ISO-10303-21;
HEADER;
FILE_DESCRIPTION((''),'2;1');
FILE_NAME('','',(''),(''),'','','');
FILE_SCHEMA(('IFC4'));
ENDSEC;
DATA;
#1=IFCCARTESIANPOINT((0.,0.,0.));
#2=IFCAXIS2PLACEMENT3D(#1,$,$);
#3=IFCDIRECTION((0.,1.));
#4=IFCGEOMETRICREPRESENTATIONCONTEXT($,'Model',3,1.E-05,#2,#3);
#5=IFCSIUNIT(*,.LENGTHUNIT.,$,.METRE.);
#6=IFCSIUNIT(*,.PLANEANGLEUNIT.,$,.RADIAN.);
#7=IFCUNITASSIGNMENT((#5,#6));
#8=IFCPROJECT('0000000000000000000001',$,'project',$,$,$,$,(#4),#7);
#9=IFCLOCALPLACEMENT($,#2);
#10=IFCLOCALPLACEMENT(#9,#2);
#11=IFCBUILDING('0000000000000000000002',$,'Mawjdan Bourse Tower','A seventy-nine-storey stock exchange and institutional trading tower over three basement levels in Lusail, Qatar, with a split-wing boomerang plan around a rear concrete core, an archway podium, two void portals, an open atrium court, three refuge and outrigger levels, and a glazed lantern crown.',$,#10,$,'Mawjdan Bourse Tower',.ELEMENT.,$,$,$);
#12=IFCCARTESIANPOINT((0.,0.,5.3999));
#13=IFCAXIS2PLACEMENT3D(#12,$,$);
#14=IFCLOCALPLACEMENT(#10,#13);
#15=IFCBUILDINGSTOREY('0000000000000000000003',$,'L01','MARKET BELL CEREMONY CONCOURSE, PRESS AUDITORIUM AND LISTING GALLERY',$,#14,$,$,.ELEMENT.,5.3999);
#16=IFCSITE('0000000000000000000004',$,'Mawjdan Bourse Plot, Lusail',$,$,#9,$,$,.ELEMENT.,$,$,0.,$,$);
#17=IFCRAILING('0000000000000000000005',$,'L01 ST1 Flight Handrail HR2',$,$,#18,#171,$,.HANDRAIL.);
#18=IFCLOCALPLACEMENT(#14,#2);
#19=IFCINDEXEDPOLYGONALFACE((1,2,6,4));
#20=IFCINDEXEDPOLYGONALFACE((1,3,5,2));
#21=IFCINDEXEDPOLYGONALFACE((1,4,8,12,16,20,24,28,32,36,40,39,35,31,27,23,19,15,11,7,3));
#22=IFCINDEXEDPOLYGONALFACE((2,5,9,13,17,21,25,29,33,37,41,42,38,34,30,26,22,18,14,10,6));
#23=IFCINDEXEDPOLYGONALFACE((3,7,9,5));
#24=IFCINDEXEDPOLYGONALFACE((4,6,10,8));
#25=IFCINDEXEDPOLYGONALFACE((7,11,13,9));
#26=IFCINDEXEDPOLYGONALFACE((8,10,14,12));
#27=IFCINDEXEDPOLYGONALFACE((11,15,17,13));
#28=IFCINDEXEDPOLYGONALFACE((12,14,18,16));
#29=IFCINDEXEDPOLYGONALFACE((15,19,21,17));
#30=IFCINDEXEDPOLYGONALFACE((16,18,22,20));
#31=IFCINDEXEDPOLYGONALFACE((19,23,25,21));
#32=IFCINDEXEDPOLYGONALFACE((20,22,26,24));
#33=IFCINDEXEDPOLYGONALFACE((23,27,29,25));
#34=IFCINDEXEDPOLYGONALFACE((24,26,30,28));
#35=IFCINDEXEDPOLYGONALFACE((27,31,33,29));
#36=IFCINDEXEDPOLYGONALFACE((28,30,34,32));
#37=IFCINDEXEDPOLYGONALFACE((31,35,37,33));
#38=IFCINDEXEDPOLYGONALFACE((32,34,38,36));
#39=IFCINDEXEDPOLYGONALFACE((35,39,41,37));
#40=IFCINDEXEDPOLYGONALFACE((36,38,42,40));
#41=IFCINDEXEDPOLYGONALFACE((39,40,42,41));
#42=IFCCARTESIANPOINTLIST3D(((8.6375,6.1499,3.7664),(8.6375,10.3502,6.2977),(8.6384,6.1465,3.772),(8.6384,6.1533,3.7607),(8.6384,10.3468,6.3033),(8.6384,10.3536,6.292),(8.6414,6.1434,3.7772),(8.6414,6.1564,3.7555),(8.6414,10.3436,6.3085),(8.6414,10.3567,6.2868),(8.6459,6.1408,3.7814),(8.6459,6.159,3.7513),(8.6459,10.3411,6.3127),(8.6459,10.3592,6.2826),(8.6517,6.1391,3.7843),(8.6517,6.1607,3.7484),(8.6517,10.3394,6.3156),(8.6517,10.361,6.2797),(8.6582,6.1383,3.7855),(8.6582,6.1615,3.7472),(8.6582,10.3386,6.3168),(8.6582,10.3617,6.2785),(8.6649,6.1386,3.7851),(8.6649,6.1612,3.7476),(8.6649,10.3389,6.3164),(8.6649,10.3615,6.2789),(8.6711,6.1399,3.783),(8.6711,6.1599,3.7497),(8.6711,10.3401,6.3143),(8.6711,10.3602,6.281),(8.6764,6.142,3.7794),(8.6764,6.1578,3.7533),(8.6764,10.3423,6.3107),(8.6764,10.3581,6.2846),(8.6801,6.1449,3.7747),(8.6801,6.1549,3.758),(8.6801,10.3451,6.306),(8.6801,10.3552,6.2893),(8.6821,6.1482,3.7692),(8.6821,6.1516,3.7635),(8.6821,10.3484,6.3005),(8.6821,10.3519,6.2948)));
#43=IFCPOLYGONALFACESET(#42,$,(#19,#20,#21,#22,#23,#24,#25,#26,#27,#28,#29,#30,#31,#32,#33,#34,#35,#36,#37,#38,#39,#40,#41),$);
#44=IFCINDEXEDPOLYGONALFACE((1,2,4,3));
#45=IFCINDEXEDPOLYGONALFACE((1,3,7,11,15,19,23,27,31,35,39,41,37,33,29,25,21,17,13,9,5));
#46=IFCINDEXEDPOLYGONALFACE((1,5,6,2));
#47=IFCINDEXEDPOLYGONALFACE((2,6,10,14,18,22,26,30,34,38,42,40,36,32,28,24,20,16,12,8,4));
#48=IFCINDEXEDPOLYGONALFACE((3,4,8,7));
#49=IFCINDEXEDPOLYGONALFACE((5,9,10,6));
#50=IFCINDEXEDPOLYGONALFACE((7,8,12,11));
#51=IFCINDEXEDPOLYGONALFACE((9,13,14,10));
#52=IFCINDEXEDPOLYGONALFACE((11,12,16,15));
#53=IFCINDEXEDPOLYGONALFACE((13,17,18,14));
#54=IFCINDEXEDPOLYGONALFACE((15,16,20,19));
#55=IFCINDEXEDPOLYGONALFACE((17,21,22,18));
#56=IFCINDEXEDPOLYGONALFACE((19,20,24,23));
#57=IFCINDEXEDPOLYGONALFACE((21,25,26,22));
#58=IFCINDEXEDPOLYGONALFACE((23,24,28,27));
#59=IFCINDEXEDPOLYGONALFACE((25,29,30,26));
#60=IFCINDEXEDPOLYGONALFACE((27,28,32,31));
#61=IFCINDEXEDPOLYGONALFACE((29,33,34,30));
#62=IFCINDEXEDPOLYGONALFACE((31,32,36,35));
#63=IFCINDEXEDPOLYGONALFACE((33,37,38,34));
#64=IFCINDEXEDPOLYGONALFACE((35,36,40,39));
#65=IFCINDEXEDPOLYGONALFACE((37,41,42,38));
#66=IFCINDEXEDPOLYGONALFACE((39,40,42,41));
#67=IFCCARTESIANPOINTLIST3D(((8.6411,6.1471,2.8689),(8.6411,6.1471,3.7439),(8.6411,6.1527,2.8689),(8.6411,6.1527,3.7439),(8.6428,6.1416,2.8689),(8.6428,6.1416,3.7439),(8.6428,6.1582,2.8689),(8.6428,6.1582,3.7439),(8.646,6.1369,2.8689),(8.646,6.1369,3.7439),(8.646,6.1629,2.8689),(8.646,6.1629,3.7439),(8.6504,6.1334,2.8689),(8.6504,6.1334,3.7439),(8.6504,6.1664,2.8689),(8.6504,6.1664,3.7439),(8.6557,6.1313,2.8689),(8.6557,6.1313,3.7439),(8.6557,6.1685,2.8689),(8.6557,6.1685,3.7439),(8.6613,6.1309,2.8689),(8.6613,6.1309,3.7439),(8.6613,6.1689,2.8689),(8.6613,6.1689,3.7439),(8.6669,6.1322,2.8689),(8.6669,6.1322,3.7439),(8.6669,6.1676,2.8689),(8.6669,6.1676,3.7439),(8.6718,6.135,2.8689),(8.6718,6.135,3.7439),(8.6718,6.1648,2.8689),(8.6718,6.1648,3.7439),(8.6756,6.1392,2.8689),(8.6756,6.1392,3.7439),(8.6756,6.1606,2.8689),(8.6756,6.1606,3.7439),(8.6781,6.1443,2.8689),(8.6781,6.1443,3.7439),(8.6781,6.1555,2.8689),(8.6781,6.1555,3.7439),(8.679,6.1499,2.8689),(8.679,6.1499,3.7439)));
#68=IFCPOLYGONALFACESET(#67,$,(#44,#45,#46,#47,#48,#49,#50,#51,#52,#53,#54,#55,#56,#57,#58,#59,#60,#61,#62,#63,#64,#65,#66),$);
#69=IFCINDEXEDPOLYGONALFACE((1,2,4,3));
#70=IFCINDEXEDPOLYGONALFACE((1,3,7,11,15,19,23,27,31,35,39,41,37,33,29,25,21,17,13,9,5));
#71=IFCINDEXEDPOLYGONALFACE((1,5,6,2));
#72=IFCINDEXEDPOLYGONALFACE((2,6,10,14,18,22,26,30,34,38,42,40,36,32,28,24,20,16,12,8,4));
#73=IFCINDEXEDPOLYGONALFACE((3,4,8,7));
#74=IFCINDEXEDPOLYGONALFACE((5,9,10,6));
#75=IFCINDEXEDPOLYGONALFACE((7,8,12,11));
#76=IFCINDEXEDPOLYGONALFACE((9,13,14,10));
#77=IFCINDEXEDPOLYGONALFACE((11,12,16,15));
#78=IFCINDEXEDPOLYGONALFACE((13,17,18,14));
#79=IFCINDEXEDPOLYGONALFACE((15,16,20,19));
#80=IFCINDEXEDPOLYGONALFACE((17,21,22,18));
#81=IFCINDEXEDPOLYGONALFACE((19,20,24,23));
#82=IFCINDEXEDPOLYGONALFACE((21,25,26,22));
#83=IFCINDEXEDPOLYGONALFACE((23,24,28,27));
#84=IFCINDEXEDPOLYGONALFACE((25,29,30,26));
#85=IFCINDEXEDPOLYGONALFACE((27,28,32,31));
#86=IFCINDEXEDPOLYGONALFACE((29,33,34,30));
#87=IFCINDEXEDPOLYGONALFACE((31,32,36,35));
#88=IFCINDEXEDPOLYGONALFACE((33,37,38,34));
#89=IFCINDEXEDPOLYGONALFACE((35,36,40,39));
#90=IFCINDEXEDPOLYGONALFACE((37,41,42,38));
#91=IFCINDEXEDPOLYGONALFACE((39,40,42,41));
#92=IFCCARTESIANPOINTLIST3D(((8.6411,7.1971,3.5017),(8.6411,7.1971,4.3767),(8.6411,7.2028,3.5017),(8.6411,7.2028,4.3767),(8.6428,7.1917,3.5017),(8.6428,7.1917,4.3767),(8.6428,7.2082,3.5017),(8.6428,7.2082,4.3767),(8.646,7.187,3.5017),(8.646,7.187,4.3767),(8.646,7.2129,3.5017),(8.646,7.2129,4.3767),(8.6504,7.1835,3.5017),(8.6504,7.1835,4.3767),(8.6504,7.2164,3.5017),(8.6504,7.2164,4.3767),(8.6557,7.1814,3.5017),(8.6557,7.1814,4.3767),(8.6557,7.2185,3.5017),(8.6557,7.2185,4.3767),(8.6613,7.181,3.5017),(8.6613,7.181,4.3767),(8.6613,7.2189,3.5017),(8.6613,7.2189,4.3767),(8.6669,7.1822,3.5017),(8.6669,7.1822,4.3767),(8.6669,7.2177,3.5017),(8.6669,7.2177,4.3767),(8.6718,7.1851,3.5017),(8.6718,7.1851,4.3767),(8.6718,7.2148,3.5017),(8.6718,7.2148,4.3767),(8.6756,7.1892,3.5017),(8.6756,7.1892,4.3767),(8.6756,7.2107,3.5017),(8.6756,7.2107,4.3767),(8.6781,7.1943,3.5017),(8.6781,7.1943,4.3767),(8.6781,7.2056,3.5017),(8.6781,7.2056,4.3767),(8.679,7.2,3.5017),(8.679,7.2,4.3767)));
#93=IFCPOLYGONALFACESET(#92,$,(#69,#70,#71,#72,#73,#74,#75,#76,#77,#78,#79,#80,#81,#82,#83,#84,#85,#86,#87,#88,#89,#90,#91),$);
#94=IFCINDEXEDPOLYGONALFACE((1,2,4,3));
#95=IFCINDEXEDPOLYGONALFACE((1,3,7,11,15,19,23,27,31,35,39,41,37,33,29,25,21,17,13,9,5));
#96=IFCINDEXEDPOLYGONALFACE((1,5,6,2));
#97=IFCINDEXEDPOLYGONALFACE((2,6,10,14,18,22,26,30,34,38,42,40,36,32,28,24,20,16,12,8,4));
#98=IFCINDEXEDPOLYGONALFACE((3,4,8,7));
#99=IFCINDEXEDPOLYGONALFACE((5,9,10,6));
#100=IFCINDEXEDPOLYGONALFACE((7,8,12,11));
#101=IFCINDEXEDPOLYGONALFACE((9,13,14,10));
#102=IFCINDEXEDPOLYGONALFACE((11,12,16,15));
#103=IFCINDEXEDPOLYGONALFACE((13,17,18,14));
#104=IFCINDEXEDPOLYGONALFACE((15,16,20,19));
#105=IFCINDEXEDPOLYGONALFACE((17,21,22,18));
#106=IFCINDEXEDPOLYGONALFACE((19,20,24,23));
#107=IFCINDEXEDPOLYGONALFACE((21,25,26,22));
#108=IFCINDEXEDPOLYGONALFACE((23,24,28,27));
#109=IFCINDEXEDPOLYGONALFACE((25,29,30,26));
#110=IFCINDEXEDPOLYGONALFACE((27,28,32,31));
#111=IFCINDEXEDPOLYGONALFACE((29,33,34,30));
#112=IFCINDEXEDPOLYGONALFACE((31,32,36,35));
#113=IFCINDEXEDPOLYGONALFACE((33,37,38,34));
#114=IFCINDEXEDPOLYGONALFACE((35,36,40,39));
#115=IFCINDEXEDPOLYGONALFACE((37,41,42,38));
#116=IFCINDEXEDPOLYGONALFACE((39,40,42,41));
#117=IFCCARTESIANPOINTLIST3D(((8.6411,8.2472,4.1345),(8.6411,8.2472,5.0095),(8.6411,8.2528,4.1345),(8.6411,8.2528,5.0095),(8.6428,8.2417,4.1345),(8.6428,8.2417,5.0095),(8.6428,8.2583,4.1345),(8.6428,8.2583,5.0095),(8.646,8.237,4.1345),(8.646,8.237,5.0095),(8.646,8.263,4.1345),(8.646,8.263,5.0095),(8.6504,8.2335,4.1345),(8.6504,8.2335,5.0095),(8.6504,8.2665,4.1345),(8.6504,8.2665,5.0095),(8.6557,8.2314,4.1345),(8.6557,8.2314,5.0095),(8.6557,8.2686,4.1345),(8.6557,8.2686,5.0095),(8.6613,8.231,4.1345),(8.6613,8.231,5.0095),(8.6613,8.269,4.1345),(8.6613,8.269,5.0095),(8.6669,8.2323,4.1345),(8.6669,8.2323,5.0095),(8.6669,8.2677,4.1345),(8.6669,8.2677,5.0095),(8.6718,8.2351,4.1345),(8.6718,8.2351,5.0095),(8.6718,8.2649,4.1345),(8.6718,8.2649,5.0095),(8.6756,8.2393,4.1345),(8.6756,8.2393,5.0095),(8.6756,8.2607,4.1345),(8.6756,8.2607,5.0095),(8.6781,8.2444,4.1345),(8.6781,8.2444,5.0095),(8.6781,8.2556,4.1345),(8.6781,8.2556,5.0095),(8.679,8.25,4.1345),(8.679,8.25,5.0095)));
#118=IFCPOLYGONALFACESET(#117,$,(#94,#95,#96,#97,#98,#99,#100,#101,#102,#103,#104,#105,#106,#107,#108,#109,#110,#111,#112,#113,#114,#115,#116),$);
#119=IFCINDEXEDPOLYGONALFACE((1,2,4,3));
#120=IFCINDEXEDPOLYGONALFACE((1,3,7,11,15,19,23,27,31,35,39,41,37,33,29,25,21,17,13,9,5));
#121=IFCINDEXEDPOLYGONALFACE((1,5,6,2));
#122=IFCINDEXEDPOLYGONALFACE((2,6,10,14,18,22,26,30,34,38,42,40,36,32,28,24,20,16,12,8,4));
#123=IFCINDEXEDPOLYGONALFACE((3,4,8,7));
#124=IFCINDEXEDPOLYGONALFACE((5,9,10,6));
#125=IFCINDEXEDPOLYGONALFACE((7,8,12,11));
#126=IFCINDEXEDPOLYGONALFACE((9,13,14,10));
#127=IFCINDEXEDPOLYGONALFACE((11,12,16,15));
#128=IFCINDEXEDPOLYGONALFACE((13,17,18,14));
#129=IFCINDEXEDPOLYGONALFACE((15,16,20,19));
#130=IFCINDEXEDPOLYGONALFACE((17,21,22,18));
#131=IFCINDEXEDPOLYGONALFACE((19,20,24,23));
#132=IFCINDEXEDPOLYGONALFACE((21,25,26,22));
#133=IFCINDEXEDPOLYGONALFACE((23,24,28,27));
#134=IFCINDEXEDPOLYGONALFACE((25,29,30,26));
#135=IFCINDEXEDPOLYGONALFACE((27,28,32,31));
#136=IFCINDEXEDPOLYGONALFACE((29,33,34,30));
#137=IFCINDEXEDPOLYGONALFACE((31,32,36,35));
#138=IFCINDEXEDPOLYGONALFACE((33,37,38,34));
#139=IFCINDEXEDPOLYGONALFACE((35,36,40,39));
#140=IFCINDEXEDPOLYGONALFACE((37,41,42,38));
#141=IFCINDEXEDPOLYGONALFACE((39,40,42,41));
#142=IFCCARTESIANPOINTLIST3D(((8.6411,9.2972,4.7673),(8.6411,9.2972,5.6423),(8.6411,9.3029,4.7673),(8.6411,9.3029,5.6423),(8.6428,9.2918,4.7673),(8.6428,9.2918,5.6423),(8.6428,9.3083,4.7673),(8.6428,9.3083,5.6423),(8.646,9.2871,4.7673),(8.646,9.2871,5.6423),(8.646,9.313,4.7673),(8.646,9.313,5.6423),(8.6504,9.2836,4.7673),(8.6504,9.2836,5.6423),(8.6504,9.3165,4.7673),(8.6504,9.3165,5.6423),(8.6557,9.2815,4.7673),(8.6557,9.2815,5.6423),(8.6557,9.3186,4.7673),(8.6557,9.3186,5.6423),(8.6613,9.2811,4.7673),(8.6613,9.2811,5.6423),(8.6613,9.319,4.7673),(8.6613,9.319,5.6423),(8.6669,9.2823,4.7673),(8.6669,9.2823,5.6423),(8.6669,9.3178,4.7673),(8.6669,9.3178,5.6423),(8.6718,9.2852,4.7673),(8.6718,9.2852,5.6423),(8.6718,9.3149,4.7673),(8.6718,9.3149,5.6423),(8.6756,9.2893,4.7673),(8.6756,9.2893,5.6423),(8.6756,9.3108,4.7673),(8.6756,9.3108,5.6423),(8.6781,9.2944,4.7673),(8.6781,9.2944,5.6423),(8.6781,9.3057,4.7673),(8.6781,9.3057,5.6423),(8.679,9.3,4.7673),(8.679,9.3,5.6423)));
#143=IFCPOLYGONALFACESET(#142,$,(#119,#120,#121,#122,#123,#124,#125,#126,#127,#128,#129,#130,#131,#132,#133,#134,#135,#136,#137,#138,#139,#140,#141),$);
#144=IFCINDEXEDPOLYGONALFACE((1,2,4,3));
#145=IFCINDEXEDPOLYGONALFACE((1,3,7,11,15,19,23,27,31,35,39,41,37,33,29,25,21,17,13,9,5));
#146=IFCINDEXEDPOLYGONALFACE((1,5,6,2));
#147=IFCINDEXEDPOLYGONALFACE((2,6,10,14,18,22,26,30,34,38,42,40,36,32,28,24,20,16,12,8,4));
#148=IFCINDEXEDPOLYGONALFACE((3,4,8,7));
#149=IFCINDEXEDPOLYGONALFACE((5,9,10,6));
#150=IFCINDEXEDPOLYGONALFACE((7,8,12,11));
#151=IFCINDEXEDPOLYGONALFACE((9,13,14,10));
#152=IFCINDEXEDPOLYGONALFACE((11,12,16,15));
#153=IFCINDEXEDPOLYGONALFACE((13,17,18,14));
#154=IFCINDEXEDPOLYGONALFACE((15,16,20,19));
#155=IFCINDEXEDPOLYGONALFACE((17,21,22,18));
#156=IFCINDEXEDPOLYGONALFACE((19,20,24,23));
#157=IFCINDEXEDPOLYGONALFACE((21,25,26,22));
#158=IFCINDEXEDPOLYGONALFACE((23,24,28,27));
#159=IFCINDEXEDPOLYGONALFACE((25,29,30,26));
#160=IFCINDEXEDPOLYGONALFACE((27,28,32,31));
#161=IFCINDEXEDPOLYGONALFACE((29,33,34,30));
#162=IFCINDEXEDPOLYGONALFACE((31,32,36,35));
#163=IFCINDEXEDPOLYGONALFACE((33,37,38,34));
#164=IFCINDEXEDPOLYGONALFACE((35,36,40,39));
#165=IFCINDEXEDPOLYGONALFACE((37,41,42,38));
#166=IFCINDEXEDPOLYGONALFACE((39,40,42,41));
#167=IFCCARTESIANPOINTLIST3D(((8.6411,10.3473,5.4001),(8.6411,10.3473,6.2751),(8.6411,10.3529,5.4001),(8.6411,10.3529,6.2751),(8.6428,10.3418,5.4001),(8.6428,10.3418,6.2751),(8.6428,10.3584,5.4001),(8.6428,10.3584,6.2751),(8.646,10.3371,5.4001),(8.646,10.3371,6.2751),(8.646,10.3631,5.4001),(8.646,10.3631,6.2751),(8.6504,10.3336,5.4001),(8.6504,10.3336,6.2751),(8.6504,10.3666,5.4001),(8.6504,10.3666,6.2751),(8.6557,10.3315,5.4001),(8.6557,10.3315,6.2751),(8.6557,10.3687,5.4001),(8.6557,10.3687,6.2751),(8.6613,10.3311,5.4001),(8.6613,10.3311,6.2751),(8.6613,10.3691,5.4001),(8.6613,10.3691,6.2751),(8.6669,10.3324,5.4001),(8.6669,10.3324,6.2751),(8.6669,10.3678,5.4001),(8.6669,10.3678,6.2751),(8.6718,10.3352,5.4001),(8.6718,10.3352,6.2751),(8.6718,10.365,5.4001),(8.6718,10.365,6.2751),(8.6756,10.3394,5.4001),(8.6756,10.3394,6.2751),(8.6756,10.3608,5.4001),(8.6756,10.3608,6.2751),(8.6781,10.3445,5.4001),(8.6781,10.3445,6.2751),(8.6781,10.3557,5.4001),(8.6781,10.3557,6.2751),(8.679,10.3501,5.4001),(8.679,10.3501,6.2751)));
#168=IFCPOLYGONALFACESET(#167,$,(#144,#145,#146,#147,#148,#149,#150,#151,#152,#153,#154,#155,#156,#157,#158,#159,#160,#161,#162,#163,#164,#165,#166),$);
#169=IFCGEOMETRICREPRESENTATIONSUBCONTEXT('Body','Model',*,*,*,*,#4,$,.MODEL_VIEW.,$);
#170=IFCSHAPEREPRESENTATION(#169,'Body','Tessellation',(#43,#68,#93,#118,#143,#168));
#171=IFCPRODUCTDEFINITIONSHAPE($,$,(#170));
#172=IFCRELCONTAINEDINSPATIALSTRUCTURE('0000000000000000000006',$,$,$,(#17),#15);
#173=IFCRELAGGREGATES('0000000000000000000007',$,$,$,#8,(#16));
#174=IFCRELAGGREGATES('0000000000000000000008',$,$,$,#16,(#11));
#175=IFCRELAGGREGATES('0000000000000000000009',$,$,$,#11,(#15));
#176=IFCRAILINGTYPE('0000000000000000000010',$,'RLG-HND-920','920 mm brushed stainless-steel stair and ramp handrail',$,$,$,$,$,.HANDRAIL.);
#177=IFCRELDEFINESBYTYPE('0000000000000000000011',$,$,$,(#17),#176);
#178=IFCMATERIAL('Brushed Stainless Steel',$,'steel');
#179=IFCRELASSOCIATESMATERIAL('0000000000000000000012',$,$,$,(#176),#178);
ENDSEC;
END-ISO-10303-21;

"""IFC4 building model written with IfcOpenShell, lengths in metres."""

from ifc_helpers import new_model, si_unit, direction, frame, origin, origin_2d, place, context, subcontext, project, spatial, circle, extrude, material, type_object, element, save


model = new_model("IFC4")

# Units and contexts
model_context = context("Model", 3, precision=1e-05, world=origin(), true_north=direction((0.0, 1.0)))
body_context = subcontext(model_context, "Body", "Model", "MODEL_VIEW")
ifc_project = project(units=[si_unit("LENGTHUNIT", "METRE"), si_unit("PLANEANGLEUNIT", "RADIAN")], contexts=[model_context])

# Site, building, storey
site_placement = place(None, origin())
site = spatial("IfcSite", under=ifc_project, at=site_placement, Name="Mawjdan Bourse Plot, Lusail", CompositionType="ELEMENT", RefElevation=0.0)
building_placement = place(site_placement, origin())
building = spatial("IfcBuilding", under=site, at=building_placement, Name="Mawjdan Bourse Tower", Description="A seventy-nine-storey stock exchange and institutional trading tower over three basement levels in Lusail, Qatar, with a split-wing boomerang plan around a rear concrete core, an archway podium, two void portals, an open atrium court, three refuge and outrigger levels, and a glazed lantern crown.", LongName="Mawjdan Bourse Tower", CompositionType="ELEMENT")
storey_placement = place(building_placement, frame((0.0, 0.0, 5.3999)))
storey = spatial("IfcBuildingStorey", under=building, at=storey_placement, Name="L01", Description="MARKET BELL CEREMONY CONCOURSE, PRESS AUDITORIUM AND LISTING GALLERY", CompositionType="ELEMENT", Elevation=5.3999)

# Shared definitions
ifc_material_1 = material(Name="Brushed Stainless Steel", Category="steel")

# Railing
railing_type_1 = type_object("IfcRailingType", Name="RLG-HND-920", Description="920 mm brushed stainless-steel stair and ramp handrail", PredefinedType="HANDRAIL", material=ifc_material_1)
railing_1_placement = place(storey_placement, frame((8.6599, 6.1499, 2.8689)))
element("IfcRailing", 1, at=railing_1_placement, inside=storey, type_object=railing_type_1, Name="L01 ST1 Flight Handrail HR2", PredefinedType="HANDRAIL", context=body_context, shape_type="SweptSolid", body=[
    extrude(circle(Radius=0.0225, at=origin_2d()), frame((0.0, 0.0, 0.8975), z_axis=(0.0, 0.85649, 0.516164), x_axis=(-1.0, 0.0, 0.0)), (0.0, 0.0, 1.0), 4.9041),
    extrude(circle(Radius=0.019, at=origin_2d()), origin(), (0.0, 0.0, 1.0), 0.875),
    extrude(circle(Radius=0.019, at=origin_2d()), frame((0.0, 1.05, 0.6328)), (0.0, 0.0, 1.0), 0.875),
    extrude(circle(Radius=0.019, at=origin_2d()), frame((0.0, 2.1001, 1.2656)), (0.0, 0.0, 1.0), 0.875),
    extrude(circle(Radius=0.019, at=origin_2d()), frame((0.0, 3.1501, 1.8984)), (0.0, 0.0, 1.0), 0.875),
    extrude(circle(Radius=0.019, at=origin_2d()), frame((0.0, 4.2002, 2.5312)), (0.0, 0.0, 1.0), 0.875),
])

save(model, "model.ifc")
